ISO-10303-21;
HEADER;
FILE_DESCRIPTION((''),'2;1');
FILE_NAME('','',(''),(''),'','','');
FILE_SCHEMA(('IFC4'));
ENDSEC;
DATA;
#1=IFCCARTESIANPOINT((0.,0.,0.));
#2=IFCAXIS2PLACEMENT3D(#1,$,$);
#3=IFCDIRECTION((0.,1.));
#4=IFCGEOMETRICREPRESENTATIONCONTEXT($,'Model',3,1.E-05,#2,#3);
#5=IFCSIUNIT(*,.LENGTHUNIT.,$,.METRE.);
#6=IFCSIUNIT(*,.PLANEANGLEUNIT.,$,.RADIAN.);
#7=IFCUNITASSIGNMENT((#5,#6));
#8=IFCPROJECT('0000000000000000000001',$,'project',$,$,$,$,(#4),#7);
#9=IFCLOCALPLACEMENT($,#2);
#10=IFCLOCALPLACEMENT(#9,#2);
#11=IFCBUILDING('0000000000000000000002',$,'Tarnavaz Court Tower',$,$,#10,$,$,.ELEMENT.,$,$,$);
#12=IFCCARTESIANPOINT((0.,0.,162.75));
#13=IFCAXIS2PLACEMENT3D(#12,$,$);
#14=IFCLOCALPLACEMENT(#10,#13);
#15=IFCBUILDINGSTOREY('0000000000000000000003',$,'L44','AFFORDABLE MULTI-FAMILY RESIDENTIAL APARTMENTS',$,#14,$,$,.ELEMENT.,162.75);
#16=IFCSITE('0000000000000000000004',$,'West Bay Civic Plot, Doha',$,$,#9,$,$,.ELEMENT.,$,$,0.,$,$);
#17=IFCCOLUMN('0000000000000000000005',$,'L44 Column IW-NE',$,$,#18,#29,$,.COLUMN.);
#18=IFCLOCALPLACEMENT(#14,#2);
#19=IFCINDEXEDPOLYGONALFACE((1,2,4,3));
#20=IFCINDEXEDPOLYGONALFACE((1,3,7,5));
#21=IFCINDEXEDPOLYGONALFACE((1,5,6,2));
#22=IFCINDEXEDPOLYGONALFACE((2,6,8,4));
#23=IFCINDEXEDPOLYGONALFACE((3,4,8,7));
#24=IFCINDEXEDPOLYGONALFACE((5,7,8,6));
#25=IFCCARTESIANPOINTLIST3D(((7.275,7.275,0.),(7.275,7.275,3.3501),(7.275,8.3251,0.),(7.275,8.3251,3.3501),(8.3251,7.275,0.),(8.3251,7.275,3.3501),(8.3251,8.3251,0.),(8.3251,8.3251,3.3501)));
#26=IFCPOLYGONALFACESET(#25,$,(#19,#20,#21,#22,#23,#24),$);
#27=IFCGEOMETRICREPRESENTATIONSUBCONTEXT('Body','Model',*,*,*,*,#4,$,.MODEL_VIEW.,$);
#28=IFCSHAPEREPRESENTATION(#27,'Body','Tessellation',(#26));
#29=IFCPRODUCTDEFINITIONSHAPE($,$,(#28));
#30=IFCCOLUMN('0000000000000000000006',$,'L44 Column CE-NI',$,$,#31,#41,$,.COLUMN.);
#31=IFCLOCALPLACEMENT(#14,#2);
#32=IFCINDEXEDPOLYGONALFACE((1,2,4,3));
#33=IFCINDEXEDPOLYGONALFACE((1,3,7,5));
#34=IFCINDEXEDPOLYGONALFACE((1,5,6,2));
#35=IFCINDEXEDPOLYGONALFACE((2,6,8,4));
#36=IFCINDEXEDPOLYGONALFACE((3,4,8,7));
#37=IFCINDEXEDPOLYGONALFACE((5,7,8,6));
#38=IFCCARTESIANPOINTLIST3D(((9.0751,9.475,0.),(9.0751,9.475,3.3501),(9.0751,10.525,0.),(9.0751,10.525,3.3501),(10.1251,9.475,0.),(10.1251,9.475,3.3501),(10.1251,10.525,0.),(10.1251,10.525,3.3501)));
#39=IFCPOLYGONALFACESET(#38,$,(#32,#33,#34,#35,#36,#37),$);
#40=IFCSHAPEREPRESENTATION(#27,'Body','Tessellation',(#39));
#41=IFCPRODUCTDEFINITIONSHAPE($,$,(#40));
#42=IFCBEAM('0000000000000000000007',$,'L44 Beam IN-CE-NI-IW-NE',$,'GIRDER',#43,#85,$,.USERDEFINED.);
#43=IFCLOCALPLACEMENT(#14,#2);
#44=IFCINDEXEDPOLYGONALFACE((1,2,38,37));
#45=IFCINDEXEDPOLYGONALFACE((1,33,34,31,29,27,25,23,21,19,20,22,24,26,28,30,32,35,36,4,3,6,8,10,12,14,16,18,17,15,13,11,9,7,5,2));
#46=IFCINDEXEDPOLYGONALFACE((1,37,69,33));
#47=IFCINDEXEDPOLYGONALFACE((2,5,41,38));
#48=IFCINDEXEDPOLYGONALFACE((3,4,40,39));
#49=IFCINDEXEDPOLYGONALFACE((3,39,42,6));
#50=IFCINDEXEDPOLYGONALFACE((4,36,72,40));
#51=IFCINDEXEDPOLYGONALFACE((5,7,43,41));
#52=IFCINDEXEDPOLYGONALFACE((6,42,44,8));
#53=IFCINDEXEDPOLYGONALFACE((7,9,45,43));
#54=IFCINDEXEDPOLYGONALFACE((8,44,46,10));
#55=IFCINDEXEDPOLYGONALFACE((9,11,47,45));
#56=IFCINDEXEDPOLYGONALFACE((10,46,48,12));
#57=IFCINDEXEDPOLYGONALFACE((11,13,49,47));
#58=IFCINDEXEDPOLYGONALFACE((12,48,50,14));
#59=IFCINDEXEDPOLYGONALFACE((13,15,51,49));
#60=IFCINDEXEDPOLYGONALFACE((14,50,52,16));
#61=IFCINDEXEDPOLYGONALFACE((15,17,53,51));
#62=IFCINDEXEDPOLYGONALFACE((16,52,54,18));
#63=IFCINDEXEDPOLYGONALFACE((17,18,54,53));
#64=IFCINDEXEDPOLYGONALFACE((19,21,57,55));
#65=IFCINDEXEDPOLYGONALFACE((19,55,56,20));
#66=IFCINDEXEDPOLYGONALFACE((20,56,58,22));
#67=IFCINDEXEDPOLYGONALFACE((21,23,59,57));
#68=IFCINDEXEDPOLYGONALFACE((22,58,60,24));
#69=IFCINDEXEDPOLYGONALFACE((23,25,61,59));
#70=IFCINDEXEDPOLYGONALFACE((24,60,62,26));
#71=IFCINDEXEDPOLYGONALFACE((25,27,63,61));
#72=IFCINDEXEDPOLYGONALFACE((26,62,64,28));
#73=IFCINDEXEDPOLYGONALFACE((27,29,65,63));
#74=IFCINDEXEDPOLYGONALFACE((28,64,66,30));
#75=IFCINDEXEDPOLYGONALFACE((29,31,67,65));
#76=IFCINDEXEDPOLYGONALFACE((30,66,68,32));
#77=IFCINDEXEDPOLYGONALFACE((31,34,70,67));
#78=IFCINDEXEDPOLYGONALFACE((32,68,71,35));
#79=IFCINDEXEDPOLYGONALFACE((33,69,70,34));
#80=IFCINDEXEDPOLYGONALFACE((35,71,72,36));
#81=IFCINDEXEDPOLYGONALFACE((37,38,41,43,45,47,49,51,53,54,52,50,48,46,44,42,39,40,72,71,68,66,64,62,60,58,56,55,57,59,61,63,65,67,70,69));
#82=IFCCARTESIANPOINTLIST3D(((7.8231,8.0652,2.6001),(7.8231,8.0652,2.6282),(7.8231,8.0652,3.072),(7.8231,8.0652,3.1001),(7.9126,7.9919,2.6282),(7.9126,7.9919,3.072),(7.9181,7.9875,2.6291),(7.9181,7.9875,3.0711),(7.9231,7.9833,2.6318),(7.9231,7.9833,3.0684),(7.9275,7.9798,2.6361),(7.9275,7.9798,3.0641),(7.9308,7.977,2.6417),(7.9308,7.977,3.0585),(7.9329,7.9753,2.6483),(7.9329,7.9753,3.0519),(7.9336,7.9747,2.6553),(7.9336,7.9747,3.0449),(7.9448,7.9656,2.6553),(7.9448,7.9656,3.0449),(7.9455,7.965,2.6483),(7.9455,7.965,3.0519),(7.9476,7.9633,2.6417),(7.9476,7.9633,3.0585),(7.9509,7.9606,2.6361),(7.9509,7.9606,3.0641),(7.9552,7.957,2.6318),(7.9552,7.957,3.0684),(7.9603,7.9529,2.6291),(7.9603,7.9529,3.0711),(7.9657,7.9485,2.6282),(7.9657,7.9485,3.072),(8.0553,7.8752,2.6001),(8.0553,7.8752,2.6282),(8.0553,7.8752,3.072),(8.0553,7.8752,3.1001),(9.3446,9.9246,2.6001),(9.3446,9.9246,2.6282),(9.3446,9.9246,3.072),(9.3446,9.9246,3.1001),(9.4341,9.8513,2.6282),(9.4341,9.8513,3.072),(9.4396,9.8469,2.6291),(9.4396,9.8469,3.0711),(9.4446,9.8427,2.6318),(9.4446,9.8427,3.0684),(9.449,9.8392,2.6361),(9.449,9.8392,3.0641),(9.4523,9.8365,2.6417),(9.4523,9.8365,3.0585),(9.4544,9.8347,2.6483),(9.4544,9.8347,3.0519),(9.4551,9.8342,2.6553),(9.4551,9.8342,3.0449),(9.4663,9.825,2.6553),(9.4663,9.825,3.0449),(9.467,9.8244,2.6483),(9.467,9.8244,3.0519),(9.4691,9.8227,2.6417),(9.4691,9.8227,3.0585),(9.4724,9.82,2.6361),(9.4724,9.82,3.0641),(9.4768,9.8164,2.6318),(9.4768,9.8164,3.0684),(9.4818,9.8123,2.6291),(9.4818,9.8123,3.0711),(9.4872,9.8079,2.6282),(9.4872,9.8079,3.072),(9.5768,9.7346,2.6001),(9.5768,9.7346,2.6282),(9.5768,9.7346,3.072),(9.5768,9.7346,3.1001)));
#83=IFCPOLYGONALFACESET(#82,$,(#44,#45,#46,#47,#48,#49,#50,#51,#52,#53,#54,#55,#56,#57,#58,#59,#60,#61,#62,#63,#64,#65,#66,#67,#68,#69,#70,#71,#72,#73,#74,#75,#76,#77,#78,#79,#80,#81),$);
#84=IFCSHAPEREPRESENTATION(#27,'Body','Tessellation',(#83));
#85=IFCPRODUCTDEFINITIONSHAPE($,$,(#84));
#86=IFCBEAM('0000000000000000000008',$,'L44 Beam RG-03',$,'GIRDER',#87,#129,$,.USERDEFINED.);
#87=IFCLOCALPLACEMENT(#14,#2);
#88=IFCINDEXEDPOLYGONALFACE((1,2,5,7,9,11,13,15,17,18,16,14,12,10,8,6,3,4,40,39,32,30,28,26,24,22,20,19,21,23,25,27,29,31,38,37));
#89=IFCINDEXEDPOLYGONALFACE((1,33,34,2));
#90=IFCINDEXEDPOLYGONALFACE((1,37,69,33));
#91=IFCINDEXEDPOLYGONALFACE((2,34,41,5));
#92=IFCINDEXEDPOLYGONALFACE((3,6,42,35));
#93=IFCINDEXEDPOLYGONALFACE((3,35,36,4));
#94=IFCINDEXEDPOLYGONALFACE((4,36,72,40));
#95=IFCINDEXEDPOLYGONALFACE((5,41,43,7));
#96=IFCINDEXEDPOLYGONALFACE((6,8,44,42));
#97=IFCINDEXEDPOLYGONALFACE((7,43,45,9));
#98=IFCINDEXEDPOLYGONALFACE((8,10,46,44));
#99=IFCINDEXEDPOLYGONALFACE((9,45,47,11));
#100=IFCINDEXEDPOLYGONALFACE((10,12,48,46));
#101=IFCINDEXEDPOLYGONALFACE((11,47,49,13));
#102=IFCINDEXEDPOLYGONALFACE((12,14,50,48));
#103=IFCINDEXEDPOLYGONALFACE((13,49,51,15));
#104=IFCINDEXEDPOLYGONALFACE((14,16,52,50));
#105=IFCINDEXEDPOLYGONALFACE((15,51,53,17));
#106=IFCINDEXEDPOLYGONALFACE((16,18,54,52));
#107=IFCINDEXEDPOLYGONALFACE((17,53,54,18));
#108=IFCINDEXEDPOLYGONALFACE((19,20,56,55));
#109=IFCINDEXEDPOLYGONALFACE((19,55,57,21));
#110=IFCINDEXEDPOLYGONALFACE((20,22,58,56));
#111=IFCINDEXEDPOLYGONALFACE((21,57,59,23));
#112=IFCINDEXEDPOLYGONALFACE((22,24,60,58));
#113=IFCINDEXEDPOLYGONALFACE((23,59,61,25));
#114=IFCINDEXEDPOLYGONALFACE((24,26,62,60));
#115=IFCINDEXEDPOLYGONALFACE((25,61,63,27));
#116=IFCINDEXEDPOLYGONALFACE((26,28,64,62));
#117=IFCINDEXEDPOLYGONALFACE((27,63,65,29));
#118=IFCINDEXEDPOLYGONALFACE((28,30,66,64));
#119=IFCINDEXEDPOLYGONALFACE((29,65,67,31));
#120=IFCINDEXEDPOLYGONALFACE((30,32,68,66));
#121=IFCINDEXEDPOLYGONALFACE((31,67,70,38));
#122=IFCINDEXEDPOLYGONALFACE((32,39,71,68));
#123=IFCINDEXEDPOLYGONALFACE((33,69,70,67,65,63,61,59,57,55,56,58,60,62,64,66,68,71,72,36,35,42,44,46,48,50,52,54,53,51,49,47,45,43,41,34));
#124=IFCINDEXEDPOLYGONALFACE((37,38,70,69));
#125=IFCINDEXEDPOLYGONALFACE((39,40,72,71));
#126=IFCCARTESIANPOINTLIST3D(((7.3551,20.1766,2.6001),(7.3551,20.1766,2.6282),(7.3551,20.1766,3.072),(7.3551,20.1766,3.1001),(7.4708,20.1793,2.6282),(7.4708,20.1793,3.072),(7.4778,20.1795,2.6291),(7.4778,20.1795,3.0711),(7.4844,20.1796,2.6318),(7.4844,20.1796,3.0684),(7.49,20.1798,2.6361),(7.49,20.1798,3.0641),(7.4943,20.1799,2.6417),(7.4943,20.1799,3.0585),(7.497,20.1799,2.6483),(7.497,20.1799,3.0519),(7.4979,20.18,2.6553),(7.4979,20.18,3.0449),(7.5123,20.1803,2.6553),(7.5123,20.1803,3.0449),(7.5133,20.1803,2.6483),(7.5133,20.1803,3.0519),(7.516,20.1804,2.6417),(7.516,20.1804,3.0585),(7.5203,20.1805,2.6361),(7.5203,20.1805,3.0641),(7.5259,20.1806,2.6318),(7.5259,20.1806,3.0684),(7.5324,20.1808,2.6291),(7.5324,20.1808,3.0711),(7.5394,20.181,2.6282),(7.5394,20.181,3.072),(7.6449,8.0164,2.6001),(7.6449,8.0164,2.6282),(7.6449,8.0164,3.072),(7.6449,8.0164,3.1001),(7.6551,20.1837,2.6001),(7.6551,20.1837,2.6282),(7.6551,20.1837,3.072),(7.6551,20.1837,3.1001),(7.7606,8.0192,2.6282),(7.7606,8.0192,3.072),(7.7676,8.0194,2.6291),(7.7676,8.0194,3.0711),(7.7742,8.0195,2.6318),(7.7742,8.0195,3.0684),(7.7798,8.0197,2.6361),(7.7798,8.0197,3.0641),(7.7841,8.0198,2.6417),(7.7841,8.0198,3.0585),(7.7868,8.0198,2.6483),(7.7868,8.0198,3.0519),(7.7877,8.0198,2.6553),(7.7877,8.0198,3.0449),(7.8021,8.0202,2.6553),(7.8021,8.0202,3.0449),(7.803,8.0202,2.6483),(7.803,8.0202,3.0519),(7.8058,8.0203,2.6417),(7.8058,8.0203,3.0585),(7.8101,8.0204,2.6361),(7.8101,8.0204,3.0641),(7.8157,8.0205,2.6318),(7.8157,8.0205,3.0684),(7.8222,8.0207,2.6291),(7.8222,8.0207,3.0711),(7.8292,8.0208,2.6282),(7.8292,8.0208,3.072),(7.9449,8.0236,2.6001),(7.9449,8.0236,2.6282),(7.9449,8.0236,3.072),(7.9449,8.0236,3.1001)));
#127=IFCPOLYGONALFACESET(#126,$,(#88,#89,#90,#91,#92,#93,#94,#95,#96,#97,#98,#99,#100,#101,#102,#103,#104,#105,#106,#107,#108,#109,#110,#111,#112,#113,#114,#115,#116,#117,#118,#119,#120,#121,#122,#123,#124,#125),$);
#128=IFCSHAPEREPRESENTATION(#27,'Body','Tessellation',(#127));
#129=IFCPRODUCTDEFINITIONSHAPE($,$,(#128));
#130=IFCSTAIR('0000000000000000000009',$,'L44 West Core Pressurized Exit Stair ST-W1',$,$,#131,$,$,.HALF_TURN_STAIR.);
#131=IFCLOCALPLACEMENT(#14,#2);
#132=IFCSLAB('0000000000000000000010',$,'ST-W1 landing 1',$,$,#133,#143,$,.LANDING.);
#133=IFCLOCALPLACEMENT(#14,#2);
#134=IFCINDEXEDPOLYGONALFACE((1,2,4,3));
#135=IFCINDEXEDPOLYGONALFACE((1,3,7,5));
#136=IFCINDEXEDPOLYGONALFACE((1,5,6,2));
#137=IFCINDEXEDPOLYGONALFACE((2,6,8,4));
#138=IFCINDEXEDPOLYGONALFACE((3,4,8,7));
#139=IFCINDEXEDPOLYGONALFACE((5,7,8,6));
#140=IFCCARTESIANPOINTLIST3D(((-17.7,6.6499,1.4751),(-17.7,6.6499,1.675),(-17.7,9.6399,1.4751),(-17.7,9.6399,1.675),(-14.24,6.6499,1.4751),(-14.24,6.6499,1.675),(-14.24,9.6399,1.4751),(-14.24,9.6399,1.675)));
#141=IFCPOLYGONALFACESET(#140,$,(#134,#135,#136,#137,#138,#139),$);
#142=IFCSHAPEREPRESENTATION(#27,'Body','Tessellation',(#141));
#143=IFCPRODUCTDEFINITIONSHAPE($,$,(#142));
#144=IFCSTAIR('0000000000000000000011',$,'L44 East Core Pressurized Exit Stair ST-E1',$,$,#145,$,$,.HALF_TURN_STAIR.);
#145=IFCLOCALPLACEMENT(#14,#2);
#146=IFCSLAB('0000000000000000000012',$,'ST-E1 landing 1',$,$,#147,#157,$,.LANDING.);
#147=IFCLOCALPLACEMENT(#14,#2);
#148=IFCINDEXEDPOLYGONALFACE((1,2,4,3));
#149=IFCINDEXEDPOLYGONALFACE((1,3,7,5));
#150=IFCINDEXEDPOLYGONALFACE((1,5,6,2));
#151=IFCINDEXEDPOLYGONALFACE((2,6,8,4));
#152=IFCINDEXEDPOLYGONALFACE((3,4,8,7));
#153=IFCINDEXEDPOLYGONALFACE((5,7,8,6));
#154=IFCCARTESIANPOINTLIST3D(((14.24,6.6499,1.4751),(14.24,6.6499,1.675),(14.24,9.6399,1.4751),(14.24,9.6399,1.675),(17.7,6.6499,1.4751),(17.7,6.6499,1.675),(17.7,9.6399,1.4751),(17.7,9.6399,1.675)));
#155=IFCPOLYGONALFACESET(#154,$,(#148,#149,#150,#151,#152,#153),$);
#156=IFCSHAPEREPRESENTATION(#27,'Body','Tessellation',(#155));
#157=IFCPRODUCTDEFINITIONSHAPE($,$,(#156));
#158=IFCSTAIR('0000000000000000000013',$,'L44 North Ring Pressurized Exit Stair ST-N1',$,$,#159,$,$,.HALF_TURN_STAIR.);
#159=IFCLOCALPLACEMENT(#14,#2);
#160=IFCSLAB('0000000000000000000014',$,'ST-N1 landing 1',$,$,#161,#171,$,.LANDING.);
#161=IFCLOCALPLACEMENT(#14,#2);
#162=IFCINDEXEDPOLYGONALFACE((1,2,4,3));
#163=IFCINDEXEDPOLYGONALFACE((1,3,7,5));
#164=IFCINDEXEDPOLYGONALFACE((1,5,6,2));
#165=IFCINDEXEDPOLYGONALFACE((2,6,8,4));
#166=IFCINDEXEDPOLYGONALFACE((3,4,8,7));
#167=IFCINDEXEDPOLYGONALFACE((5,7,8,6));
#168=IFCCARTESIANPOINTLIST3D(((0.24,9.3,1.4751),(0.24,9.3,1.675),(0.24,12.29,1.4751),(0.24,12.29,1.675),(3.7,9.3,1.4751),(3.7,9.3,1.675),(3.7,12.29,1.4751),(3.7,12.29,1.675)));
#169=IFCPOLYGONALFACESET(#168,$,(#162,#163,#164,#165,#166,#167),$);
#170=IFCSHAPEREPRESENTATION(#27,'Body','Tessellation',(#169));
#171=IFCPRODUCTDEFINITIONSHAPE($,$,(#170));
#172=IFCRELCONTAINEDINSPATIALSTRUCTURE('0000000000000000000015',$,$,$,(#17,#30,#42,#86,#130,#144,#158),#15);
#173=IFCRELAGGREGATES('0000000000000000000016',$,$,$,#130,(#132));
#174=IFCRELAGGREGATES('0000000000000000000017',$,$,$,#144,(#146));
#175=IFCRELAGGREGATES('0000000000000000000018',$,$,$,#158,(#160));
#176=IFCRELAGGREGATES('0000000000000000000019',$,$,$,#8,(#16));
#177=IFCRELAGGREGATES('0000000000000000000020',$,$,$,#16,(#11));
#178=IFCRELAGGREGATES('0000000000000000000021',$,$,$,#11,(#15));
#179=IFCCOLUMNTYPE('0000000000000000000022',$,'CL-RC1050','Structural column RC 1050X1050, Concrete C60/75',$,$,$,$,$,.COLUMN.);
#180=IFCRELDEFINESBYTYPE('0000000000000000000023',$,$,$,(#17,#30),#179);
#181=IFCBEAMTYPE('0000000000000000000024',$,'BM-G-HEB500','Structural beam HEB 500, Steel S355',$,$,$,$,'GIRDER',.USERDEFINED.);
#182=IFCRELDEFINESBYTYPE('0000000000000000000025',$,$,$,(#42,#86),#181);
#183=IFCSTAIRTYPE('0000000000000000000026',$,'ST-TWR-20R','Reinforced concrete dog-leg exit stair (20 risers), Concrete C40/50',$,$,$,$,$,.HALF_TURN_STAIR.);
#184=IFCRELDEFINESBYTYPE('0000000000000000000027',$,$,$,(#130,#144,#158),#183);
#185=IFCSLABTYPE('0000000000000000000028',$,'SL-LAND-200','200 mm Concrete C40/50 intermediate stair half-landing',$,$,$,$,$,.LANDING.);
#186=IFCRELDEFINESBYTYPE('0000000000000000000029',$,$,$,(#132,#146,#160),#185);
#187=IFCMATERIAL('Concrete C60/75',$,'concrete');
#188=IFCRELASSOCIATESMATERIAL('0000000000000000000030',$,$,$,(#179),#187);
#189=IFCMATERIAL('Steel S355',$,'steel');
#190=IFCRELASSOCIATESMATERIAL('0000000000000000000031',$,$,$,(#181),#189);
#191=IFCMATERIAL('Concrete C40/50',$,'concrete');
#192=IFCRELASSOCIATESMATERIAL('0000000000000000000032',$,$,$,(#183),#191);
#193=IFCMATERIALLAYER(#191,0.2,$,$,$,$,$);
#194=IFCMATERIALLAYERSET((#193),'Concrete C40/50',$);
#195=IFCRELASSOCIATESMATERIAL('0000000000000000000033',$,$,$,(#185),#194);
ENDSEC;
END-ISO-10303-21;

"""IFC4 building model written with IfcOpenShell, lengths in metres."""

from ifc_helpers import new_model, si_unit, direction, frame, origin, origin_2d, place, context, subcontext, project, spatial, polyline, rectangle, i_section, outline, extrude, material, layer, layer_set, material_profile, profile_set, type_object, element, aggregate, save


model = new_model("IFC4")

# Units and contexts
model_context = context("Model", 3, precision=1e-05, world=origin(), true_north=direction((0.0, 1.0)))
body_context = subcontext(model_context, "Body", "Model", "MODEL_VIEW")
ifc_project = project(units=[si_unit("LENGTHUNIT", "METRE"), si_unit("PLANEANGLEUNIT", "RADIAN")], contexts=[model_context])

# Site, building, storey
site_placement = place(None, origin())
site = spatial("IfcSite", under=ifc_project, at=site_placement, Name="West Bay Civic Plot, Doha", CompositionType="ELEMENT", RefElevation=0.0)
building_placement = place(site_placement, origin())
building = spatial("IfcBuilding", under=site, at=building_placement, Name="Tarnavaz Court Tower", CompositionType="ELEMENT")
storey_placement = place(building_placement, frame((0.0, 0.0, 162.75)))
storey = spatial("IfcBuildingStorey", under=building, at=storey_placement, Name="L44", Description="AFFORDABLE MULTI-FAMILY RESIDENTIAL APARTMENTS", CompositionType="ELEMENT", Elevation=162.75)

# Columns
ifc_material_1 = material(Name="Concrete C60/75", Category="concrete")
ifc_material_profile_1 = material_profile(ifc_material_1, rectangle(XDim=1.05, YDim=1.05, at=origin_2d()), Name="RC 1050X1050")
ifc_profile_set_1 = profile_set([ifc_material_profile_1], Name="Concrete C60/75")
column_type = type_object("IfcColumnType", Name="CL-RC1050", Description="Structural column RC 1050X1050, Concrete C60/75", PredefinedType="COLUMN", material=ifc_profile_set_1)
for number, where, z_axis, x_axis, name in (
    (1, (7.8, 7.8, 0.0), (0.0, 0.0, 1.0), (1.0, 0.0, 0.0), "L44 Column IW-NE"),
    (2, (9.6001, 10.0, 0.0), (0.0, 0.0, 1.0), (1.0, 0.0, 0.0), "L44 Column CE-NI"),
):
    element("IfcColumn", number, at=place(storey_placement, frame(where, z_axis=z_axis, x_axis=x_axis)), inside=storey, type_object=column_type, Name=name, PredefinedType="COLUMN", context=body_context, shape_type="SweptSolid", body=[
        extrude(rectangle(XDim=1.05, YDim=1.05, at=origin_2d()), origin(), (0.0, 0.0, 1.0), 3.3501),
    ])

# Beams
ifc_material_2 = material(Name="Steel S355", Category="steel")
ifc_material_profile_2 = material_profile(ifc_material_2, i_section(OverallWidth=0.3, OverallDepth=0.5, WebThickness=0.0144, FlangeThickness=0.0281, FilletRadius=0.0271, at=origin_2d()), Name="HEB 500")
ifc_profile_set_2 = profile_set([ifc_material_profile_2], Name="Steel S355")
beam_type = type_object("IfcBeamType", Name="BM-G-HEB500", Description="Structural beam HEB 500, Steel S355", ElementType="GIRDER", PredefinedType="USERDEFINED", material=ifc_profile_set_2)
beam_1_placement = place(storey_placement, frame((9.4607, 9.8296, 2.8501), z_axis=(-0.633282, -0.773921, 0.0), x_axis=(0.773921, -0.633282, 0.0)))
element("IfcBeam", 3, at=beam_1_placement, inside=storey, type_object=beam_type, Name="L44 Beam IN-CE-NI-IW-NE", ObjectType="GIRDER", PredefinedType="USERDEFINED", context=body_context, shape_type="SweptSolid", body=[
    extrude(i_section(OverallWidth=0.3, OverallDepth=0.5, WebThickness=0.0144, FlangeThickness=0.0281, FilletRadius=0.0271, at=origin_2d()), origin(), (0.0, 0.0, 1.0), 2.4026),
])
beam_2_placement = place(storey_placement, frame((7.7949, 8.02, 2.8501), z_axis=(-0.023825, 0.999716, 0.0), x_axis=(-0.999716, -0.023825, 0.0)))
element("IfcBeam", 4, at=beam_2_placement, inside=storey, type_object=beam_type, Name="L44 Beam RG-03", ObjectType="GIRDER", PredefinedType="USERDEFINED", context=body_context, shape_type="SweptSolid", body=[
    extrude(i_section(OverallWidth=0.3, OverallDepth=0.5, WebThickness=0.0144, FlangeThickness=0.0281, FilletRadius=0.0271, at=origin_2d()), origin(), (0.0, 0.0, 1.0), 12.1636),
])

# Stairs, slabs
ifc_material_3 = material(Name="Concrete C40/50", Category="concrete")
stair_type = type_object("IfcStairType", Name="ST-TWR-20R", Description="Reinforced concrete dog-leg exit stair (20 risers), Concrete C40/50", PredefinedType="HALF_TURN_STAIR", material=ifc_material_3)
stair_1_placement = place(storey_placement, origin())
stair_1 = element("IfcStair", 5, at=stair_1_placement, inside=storey, type_object=stair_type, Name="L44 West Core Pressurized Exit Stair ST-W1", PredefinedType="HALF_TURN_STAIR")
ifc_layer_1 = layer(ifc_material_3, 0.2)
ifc_layer_set_1 = layer_set([ifc_layer_1], Name="Concrete C40/50")
slab_type_1 = type_object("IfcSlabType", Name="SL-LAND-200", Description="200 mm Concrete C40/50 intermediate stair half-landing", PredefinedType="LANDING", material=ifc_layer_set_1)
slab_1_placement = place(storey_placement, frame((0.0, 0.0, 1.4751)))
slab_1 = element("IfcSlab", 6, at=slab_1_placement, type_object=slab_type_1, Name="ST-W1 landing 1", PredefinedType="LANDING", context=body_context, shape_type="SweptSolid", body=[
    extrude(outline(polyline([(-14.24, 9.6399), (-17.7, 9.6399), (-17.7, 6.6499), (-14.24, 6.6499), (-14.24, 9.6399)])), origin(), (0.0, 0.0, 1.0), 0.2),
])
aggregate(stair_1, [slab_1])
stair_2_placement = place(storey_placement, origin())
stair_2 = element("IfcStair", 7, at=stair_2_placement, inside=storey, type_object=stair_type, Name="L44 East Core Pressurized Exit Stair ST-E1", PredefinedType="HALF_TURN_STAIR")
slab_2_placement = place(storey_placement, frame((0.0, 0.0, 1.4751)))
slab_2 = element("IfcSlab", 8, at=slab_2_placement, type_object=slab_type_1, Name="ST-E1 landing 1", PredefinedType="LANDING", context=body_context, shape_type="SweptSolid", body=[
    extrude(outline(polyline([(14.24, 6.6499), (17.7, 6.6499), (17.7, 9.6399), (14.24, 9.6399), (14.24, 6.6499)])), origin(), (0.0, 0.0, 1.0), 0.2),
])
aggregate(stair_2, [slab_2])
stair_3_placement = place(storey_placement, origin())
stair_3 = element("IfcStair", 9, at=stair_3_placement, inside=storey, type_object=stair_type, Name="L44 North Ring Pressurized Exit Stair ST-N1", PredefinedType="HALF_TURN_STAIR")
slab_3_placement = place(storey_placement, frame((0.0, 0.0, 1.4751)))
slab_3 = element("IfcSlab", 10, at=slab_3_placement, type_object=slab_type_1, Name="ST-N1 landing 1", PredefinedType="LANDING", context=body_context, shape_type="SweptSolid", body=[
    extrude(outline(polyline([(0.24, 9.3), (3.7, 9.3), (3.7, 12.29), (0.24, 12.29), (0.24, 9.3)])), origin(), (0.0, 0.0, 1.0), 0.2),
])

aggregate(stair_3, [slab_3])

save(model, "model.ifc")
